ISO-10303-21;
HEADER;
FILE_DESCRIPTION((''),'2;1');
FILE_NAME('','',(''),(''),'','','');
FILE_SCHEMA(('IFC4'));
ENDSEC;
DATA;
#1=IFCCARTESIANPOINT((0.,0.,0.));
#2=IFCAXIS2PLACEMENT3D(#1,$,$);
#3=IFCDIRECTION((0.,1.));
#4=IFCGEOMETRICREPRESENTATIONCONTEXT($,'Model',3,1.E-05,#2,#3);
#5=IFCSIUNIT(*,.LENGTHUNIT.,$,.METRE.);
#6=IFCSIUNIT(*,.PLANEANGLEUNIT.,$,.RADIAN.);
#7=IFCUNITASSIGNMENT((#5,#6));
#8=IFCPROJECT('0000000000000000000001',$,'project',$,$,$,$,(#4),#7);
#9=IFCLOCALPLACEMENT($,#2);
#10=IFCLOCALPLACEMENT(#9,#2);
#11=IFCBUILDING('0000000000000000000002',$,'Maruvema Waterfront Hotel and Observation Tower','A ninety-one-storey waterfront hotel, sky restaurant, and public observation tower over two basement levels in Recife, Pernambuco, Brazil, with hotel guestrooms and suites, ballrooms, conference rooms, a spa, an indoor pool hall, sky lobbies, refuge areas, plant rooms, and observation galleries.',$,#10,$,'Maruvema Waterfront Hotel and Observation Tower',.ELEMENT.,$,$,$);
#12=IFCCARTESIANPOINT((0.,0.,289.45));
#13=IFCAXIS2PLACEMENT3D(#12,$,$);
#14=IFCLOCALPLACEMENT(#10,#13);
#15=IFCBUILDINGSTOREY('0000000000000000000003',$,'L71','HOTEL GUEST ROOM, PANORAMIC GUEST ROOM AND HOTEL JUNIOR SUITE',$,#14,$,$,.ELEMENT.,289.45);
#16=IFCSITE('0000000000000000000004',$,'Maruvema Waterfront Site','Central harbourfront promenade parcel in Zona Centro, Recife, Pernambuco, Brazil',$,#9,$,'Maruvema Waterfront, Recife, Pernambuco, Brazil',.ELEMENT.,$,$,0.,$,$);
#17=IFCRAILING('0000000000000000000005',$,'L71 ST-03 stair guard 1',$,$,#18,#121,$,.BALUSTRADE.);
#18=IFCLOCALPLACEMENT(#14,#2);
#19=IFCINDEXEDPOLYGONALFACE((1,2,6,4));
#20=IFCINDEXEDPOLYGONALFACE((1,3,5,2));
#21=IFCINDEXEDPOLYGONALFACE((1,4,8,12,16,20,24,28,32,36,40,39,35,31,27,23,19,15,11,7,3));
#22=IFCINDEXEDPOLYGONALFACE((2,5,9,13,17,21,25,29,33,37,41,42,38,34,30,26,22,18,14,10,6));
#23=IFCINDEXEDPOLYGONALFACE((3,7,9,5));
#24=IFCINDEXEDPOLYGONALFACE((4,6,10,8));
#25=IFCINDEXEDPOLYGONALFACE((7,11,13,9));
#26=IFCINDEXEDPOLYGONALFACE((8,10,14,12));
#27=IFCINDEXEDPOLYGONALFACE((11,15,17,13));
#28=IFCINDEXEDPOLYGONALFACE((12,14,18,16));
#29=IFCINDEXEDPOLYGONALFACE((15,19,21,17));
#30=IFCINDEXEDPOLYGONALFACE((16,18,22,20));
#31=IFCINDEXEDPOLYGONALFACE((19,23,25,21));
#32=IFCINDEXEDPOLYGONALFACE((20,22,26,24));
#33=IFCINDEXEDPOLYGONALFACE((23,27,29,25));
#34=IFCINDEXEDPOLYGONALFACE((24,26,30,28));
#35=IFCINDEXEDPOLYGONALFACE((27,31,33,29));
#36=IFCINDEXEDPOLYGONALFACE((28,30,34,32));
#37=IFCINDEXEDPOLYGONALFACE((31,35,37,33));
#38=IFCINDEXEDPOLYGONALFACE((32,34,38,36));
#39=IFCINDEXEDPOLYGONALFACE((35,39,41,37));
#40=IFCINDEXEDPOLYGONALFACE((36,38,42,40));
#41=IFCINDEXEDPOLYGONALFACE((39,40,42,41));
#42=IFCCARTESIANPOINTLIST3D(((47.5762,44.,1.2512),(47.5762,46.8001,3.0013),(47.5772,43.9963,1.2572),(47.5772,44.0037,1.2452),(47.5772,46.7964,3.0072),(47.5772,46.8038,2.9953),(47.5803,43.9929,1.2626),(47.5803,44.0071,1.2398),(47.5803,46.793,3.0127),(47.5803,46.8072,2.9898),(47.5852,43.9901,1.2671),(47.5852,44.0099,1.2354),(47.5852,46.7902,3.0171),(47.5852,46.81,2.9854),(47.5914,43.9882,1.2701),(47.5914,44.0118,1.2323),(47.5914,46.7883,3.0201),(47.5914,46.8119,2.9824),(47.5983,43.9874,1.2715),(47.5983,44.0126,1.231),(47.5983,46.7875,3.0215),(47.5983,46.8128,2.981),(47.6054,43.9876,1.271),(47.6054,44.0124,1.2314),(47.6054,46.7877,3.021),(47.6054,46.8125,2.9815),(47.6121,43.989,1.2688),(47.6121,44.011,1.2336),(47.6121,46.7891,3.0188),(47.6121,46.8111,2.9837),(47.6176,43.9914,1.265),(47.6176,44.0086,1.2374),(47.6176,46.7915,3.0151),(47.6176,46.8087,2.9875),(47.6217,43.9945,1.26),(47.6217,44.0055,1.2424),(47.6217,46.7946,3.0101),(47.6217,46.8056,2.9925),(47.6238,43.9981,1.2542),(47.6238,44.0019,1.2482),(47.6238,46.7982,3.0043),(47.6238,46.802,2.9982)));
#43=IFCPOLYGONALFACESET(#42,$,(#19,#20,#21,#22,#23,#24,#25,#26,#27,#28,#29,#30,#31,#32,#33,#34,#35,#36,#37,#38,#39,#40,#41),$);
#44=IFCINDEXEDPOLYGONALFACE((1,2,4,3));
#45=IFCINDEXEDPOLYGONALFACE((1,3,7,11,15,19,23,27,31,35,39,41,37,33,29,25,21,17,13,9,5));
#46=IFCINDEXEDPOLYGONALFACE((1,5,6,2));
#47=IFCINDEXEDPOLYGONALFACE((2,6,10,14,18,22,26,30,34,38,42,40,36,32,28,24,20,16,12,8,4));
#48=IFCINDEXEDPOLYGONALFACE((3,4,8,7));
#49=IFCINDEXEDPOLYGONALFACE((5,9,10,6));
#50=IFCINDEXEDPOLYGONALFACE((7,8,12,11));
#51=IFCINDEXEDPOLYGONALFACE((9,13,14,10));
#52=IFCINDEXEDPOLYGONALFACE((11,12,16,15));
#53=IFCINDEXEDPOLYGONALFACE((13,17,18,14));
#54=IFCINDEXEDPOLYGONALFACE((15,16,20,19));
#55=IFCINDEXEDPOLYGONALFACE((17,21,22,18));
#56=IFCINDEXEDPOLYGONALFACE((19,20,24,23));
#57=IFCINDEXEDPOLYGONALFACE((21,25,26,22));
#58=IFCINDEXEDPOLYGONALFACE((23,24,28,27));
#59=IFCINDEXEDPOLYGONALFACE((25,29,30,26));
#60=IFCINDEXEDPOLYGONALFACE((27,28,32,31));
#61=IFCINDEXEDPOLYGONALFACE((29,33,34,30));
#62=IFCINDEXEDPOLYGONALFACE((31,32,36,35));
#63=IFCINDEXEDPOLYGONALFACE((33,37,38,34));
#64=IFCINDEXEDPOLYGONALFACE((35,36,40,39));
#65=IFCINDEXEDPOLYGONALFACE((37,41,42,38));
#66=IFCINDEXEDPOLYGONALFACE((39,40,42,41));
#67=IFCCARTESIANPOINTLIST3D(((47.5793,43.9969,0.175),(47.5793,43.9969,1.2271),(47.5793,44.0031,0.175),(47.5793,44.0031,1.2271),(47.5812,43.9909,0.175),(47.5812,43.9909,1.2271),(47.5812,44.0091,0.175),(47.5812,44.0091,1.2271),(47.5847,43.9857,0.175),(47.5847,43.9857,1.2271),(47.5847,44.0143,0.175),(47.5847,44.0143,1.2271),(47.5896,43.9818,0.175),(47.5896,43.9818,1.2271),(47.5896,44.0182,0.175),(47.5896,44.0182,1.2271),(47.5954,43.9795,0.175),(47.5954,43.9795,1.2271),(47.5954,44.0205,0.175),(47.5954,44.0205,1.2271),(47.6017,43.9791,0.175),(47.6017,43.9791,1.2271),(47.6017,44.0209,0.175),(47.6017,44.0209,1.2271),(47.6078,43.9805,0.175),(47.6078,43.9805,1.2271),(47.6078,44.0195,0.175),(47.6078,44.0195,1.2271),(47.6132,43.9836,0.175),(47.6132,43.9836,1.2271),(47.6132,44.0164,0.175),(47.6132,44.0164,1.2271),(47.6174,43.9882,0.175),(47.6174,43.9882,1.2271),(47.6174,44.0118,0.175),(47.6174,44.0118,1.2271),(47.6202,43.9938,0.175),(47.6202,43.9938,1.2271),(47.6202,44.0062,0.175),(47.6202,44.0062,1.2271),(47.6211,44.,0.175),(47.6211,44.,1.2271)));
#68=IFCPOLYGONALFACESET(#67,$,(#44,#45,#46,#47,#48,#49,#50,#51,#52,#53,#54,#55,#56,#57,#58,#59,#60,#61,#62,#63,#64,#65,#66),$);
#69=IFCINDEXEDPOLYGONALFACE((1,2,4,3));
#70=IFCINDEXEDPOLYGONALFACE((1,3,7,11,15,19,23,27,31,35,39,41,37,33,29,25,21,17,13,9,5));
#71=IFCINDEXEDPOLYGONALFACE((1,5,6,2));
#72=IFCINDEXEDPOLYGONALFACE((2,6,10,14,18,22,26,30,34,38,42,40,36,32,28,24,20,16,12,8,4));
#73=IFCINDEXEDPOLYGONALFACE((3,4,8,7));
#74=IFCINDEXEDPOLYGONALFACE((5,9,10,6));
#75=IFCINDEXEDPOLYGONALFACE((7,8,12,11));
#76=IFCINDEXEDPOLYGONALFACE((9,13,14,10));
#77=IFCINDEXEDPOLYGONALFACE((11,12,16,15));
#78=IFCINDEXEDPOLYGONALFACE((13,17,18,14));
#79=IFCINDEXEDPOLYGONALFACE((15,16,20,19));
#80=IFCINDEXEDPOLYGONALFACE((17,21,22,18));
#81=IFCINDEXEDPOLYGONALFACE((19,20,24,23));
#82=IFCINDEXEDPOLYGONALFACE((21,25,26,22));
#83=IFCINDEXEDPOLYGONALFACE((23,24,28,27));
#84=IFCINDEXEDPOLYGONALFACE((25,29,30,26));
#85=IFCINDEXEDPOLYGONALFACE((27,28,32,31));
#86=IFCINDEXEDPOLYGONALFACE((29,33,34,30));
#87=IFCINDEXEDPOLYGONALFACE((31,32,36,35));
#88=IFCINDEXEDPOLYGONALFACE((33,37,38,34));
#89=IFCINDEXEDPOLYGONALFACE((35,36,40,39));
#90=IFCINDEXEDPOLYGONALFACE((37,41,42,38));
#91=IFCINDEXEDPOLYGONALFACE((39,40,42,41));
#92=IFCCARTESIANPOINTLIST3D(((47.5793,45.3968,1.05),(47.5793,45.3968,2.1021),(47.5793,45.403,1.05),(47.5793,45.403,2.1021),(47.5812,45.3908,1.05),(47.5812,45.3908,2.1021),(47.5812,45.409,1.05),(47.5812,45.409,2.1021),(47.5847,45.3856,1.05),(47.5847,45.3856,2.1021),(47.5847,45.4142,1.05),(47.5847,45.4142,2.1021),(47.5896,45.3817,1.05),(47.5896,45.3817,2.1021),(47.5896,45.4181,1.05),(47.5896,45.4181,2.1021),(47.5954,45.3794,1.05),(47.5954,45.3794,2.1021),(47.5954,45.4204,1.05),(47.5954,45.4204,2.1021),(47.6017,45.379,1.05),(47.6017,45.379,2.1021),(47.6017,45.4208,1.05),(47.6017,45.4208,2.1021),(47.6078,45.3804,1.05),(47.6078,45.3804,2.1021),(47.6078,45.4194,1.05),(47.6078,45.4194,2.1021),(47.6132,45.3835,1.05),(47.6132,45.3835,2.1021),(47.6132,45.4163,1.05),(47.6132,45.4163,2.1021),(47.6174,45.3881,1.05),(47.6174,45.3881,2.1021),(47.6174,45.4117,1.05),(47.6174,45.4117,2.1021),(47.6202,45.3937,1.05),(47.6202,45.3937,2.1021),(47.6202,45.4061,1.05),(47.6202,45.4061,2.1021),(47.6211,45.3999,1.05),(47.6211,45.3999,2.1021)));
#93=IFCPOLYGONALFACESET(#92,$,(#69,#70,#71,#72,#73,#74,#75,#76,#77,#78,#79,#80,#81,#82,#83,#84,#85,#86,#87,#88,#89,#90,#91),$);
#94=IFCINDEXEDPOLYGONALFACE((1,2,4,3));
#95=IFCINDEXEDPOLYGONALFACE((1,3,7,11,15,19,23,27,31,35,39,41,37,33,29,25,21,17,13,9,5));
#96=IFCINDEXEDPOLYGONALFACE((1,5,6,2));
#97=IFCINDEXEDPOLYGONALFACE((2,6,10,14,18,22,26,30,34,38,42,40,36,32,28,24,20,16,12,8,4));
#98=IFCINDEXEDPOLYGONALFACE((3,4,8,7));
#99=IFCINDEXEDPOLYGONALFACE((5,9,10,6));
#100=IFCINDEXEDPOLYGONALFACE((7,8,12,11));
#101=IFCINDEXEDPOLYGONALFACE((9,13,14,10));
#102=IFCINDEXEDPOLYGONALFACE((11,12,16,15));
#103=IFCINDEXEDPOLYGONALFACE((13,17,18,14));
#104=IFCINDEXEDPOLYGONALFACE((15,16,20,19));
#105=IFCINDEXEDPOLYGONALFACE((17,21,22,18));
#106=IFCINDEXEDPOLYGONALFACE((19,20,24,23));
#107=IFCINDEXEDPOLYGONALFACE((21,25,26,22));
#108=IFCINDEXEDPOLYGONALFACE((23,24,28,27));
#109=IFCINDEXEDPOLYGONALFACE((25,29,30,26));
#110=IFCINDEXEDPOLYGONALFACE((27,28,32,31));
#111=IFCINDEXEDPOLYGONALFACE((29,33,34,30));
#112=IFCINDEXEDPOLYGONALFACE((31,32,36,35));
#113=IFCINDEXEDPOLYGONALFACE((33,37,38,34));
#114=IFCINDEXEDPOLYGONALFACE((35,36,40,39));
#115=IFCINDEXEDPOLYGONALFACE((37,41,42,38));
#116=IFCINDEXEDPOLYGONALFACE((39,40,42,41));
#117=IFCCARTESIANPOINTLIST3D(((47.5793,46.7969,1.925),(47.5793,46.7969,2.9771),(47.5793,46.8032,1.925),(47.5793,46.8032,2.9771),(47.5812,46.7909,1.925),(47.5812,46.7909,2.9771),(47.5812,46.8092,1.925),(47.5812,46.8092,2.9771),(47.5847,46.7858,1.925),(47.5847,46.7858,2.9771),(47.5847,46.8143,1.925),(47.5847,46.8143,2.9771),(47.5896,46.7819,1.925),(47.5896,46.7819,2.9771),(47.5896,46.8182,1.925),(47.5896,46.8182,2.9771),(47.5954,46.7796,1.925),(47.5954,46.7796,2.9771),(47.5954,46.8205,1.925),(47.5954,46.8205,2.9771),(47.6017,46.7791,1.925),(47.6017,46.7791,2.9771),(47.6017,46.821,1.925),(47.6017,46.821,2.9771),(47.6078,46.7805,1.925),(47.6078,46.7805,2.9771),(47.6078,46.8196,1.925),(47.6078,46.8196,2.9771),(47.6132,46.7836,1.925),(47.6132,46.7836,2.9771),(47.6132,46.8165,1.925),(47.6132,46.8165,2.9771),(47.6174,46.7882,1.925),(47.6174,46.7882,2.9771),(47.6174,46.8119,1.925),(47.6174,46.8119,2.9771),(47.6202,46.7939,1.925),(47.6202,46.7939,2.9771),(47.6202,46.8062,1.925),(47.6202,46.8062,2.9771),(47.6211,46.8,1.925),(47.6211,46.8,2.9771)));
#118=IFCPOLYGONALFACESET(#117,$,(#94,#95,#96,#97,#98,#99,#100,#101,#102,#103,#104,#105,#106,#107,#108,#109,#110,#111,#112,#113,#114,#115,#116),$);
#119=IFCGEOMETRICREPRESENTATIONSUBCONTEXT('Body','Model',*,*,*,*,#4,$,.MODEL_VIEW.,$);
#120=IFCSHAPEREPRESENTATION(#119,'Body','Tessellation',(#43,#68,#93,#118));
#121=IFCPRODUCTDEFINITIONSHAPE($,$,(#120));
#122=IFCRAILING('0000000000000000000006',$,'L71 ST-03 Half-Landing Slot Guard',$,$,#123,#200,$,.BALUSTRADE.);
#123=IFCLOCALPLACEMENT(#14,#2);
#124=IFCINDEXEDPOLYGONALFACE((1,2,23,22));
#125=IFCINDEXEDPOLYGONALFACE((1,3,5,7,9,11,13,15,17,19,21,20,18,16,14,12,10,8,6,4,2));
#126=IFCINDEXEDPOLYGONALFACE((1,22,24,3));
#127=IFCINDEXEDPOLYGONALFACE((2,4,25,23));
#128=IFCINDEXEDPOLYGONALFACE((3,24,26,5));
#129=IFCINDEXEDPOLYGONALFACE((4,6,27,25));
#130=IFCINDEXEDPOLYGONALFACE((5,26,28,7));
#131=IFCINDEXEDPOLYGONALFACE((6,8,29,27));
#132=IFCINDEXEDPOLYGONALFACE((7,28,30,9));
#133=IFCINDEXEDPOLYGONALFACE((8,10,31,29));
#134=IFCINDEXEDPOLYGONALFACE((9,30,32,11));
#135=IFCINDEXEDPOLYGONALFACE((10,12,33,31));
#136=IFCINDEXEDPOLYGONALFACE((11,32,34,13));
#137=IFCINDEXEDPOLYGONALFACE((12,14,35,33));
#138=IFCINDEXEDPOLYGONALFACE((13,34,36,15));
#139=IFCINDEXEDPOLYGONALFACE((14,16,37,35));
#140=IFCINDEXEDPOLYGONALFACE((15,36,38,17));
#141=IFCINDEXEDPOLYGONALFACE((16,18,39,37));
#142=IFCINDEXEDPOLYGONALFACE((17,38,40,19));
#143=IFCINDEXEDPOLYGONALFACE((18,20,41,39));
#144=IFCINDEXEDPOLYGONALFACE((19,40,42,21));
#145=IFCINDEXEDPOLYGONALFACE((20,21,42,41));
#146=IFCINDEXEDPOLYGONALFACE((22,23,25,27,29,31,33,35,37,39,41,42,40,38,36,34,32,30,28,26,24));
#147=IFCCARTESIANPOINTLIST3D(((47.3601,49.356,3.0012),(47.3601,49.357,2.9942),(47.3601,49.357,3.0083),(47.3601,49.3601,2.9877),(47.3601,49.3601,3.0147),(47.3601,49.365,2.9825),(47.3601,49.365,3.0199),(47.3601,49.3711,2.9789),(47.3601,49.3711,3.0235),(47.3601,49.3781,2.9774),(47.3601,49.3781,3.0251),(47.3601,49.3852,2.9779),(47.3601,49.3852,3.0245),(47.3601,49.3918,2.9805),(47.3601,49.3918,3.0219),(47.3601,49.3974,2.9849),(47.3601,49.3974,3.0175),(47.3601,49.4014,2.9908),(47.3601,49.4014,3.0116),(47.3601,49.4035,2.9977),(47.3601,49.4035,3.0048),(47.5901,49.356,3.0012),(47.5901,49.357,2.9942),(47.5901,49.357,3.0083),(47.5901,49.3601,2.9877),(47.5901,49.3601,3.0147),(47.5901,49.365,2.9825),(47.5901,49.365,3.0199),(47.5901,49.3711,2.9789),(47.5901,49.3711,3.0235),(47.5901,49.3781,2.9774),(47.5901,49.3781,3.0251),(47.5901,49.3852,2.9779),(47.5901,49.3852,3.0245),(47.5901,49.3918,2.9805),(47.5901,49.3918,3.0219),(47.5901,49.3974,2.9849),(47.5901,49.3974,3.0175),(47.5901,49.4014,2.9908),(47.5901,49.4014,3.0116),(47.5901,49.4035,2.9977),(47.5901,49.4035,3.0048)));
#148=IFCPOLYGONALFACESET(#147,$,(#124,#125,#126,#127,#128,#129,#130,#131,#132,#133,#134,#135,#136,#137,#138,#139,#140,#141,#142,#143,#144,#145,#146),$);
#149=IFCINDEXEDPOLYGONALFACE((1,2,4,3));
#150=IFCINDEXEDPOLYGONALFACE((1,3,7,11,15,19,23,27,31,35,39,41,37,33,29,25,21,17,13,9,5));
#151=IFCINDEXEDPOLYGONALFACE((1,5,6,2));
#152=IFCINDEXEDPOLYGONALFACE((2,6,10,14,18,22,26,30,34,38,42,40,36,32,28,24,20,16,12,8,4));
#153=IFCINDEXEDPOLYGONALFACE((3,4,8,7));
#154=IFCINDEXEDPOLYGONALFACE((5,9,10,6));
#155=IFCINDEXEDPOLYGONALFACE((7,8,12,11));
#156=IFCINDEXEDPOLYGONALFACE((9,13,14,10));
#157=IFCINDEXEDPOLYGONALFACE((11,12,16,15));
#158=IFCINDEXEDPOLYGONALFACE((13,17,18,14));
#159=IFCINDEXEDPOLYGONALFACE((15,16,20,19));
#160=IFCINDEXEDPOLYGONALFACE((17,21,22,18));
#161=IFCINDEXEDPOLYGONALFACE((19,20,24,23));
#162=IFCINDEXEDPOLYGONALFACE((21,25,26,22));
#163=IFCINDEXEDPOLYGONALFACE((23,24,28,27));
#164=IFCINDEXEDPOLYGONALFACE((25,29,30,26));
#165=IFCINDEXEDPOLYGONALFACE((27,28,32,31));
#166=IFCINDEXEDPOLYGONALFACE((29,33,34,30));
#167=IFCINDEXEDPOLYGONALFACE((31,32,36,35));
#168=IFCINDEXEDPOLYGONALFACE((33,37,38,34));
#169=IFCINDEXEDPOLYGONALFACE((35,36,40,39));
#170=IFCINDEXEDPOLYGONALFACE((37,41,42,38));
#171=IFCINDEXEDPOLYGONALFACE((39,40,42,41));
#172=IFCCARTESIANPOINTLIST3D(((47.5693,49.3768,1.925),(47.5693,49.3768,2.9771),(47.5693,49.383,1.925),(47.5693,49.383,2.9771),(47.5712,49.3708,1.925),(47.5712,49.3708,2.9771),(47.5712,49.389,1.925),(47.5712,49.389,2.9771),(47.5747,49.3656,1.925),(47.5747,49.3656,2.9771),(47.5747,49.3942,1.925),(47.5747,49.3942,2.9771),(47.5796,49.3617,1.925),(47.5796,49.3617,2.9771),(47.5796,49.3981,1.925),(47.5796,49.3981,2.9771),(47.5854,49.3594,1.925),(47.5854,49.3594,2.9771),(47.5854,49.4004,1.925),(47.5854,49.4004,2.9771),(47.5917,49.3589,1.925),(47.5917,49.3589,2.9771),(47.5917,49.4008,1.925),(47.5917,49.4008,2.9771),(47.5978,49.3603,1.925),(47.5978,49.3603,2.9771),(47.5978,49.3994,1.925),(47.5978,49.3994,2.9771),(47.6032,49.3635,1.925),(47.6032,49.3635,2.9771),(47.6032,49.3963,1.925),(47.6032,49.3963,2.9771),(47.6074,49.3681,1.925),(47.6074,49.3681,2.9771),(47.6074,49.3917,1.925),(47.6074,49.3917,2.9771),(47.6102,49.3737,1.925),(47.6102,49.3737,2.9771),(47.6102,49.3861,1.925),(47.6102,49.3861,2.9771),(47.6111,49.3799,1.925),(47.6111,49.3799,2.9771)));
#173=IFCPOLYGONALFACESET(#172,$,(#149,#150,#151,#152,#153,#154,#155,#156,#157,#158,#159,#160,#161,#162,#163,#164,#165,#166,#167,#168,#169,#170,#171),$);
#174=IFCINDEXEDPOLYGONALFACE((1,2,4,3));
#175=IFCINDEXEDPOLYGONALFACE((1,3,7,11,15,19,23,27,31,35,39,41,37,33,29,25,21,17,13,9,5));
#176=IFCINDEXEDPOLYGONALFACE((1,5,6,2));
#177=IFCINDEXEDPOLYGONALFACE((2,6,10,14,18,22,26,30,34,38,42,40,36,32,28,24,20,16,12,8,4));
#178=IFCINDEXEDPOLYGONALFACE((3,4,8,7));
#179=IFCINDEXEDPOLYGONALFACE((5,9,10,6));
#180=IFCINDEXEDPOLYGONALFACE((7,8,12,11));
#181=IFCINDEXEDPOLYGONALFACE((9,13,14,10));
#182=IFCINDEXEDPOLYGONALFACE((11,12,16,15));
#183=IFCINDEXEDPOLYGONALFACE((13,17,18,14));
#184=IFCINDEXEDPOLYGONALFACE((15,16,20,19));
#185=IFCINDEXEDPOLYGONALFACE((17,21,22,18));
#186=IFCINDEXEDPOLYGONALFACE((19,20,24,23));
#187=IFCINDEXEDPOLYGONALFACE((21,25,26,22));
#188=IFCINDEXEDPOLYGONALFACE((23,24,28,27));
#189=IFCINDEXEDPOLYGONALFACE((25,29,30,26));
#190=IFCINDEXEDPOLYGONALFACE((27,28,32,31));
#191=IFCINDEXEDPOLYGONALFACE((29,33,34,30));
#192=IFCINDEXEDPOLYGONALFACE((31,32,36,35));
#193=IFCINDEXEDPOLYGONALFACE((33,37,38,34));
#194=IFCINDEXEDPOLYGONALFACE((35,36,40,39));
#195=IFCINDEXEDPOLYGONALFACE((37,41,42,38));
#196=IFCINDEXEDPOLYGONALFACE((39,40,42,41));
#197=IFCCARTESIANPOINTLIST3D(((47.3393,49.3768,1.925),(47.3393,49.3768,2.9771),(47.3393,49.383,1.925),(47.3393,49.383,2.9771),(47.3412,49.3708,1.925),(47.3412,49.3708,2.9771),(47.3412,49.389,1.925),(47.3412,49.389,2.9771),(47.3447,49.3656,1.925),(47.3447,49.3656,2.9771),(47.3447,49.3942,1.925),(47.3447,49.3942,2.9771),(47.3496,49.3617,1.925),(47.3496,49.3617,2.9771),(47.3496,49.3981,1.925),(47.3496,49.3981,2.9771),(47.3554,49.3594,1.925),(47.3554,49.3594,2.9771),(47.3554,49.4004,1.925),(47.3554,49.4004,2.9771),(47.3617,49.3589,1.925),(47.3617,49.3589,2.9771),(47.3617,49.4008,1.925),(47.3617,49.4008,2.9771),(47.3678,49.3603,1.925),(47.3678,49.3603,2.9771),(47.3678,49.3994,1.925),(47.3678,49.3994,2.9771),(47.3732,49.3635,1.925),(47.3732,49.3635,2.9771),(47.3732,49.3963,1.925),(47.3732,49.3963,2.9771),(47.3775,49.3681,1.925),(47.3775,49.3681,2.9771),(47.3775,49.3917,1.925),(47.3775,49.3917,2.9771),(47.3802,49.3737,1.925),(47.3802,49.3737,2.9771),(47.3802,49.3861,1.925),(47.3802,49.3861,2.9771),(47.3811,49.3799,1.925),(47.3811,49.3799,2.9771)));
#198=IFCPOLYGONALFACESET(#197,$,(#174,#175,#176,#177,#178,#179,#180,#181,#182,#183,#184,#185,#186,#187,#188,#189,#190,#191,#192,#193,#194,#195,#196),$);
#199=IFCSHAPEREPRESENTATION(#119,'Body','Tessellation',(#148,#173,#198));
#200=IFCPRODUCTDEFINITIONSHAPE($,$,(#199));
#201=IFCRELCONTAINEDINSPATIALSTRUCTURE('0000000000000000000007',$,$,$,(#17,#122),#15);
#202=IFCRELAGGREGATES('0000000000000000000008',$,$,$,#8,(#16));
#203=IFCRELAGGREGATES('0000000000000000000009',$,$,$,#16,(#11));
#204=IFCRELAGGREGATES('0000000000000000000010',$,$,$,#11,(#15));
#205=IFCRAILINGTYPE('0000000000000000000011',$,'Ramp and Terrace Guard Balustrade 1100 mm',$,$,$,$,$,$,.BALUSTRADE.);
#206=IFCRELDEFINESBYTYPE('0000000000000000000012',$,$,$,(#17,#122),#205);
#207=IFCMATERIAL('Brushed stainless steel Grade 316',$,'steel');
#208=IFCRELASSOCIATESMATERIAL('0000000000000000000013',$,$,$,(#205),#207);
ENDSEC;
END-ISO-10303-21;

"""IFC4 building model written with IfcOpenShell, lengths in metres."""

from ifc_helpers import new_model, si_unit, direction, frame, origin, origin_2d, place, context, subcontext, project, spatial, circle, extrude, material, type_object, element, save


model = new_model("IFC4")

# Units and contexts
model_context = context("Model", 3, precision=1e-05, world=origin(), true_north=direction((0.0, 1.0)))
body_context = subcontext(model_context, "Body", "Model", "MODEL_VIEW")
ifc_project = project(units=[si_unit("LENGTHUNIT", "METRE"), si_unit("PLANEANGLEUNIT", "RADIAN")], contexts=[model_context])

# Site, building, storey
site_placement = place(None, origin())
site = spatial("IfcSite", under=ifc_project, at=site_placement, Name="Maruvema Waterfront Site", Description="Central harbourfront promenade parcel in Zona Centro, Recife, Pernambuco, Brazil", LongName="Maruvema Waterfront, Recife, Pernambuco, Brazil", CompositionType="ELEMENT", RefElevation=0.0)
building_placement = place(site_placement, origin())
building = spatial("IfcBuilding", under=site, at=building_placement, Name="Maruvema Waterfront Hotel and Observation Tower", Description="A ninety-one-storey waterfront hotel, sky restaurant, and public observation tower over two basement levels in Recife, Pernambuco, Brazil, with hotel guestrooms and suites, ballrooms, conference rooms, a spa, an indoor pool hall, sky lobbies, refuge areas, plant rooms, and observation galleries.", LongName="Maruvema Waterfront Hotel and Observation Tower", CompositionType="ELEMENT")
storey_placement = place(building_placement, frame((0.0, 0.0, 289.45)))
storey = spatial("IfcBuildingStorey", under=building, at=storey_placement, Name="L71", Description="HOTEL GUEST ROOM, PANORAMIC GUEST ROOM AND HOTEL JUNIOR SUITE", CompositionType="ELEMENT", Elevation=289.45)

# Railings
ifc_material_1 = material(Name="Brushed stainless steel Grade 316", Category="steel")
railing_type_1 = type_object("IfcRailingType", Name="Ramp and Terrace Guard Balustrade 1100 mm", PredefinedType="BALUSTRADE", material=ifc_material_1)
railing_1_placement = place(storey_placement, frame((47.6001, 44.0, 0.175)))
element("IfcRailing", 1, at=railing_1_placement, inside=storey, type_object=railing_type_1, Name="L71 ST-03 stair guard 1", PredefinedType="BALUSTRADE", context=body_context, shape_type="SweptSolid", body=[
    extrude(circle(Radius=0.0239, at=origin_2d()), frame((0.0, 0.0, 1.0762), z_axis=(0.0, 0.848002, 0.529992), x_axis=(-1.0, 0.0, 0.0)), (0.0, 0.0, 1.0), 3.302),
    extrude(circle(Radius=0.021, at=origin_2d()), origin(), (0.0, 0.0, 1.0), 1.052),
    extrude(circle(Radius=0.021, at=origin_2d()), frame((0.0, 1.3999, 0.875)), (0.0, 0.0, 1.0), 1.052),
    extrude(circle(Radius=0.021, at=origin_2d()), frame((0.0, 2.8, 1.75)), (0.0, 0.0, 1.0), 1.052),
])
railing_2_placement = place(storey_placement, frame((47.5901, 49.3799, 1.925)))
element("IfcRailing", 2, at=railing_2_placement, inside=storey, type_object=railing_type_1, Name="L71 ST-03 Half-Landing Slot Guard", PredefinedType="BALUSTRADE", context=body_context, shape_type="SweptSolid", body=[
    extrude(circle(Radius=0.0239, at=origin_2d()), frame((0.0, 0.0, 1.0762), z_axis=(-1.0, 0.0, 0.0), x_axis=(0.0, -1.0, 0.0)), (0.0, 0.0, 1.0), 0.23),
    extrude(circle(Radius=0.021, at=origin_2d()), origin(), (0.0, 0.0, 1.0), 1.052),
    extrude(circle(Radius=0.021, at=origin_2d()), frame((-0.23, 0.0, 0.0)), (0.0, 0.0, 1.0), 1.052),
])

save(model, "model.ifc")
